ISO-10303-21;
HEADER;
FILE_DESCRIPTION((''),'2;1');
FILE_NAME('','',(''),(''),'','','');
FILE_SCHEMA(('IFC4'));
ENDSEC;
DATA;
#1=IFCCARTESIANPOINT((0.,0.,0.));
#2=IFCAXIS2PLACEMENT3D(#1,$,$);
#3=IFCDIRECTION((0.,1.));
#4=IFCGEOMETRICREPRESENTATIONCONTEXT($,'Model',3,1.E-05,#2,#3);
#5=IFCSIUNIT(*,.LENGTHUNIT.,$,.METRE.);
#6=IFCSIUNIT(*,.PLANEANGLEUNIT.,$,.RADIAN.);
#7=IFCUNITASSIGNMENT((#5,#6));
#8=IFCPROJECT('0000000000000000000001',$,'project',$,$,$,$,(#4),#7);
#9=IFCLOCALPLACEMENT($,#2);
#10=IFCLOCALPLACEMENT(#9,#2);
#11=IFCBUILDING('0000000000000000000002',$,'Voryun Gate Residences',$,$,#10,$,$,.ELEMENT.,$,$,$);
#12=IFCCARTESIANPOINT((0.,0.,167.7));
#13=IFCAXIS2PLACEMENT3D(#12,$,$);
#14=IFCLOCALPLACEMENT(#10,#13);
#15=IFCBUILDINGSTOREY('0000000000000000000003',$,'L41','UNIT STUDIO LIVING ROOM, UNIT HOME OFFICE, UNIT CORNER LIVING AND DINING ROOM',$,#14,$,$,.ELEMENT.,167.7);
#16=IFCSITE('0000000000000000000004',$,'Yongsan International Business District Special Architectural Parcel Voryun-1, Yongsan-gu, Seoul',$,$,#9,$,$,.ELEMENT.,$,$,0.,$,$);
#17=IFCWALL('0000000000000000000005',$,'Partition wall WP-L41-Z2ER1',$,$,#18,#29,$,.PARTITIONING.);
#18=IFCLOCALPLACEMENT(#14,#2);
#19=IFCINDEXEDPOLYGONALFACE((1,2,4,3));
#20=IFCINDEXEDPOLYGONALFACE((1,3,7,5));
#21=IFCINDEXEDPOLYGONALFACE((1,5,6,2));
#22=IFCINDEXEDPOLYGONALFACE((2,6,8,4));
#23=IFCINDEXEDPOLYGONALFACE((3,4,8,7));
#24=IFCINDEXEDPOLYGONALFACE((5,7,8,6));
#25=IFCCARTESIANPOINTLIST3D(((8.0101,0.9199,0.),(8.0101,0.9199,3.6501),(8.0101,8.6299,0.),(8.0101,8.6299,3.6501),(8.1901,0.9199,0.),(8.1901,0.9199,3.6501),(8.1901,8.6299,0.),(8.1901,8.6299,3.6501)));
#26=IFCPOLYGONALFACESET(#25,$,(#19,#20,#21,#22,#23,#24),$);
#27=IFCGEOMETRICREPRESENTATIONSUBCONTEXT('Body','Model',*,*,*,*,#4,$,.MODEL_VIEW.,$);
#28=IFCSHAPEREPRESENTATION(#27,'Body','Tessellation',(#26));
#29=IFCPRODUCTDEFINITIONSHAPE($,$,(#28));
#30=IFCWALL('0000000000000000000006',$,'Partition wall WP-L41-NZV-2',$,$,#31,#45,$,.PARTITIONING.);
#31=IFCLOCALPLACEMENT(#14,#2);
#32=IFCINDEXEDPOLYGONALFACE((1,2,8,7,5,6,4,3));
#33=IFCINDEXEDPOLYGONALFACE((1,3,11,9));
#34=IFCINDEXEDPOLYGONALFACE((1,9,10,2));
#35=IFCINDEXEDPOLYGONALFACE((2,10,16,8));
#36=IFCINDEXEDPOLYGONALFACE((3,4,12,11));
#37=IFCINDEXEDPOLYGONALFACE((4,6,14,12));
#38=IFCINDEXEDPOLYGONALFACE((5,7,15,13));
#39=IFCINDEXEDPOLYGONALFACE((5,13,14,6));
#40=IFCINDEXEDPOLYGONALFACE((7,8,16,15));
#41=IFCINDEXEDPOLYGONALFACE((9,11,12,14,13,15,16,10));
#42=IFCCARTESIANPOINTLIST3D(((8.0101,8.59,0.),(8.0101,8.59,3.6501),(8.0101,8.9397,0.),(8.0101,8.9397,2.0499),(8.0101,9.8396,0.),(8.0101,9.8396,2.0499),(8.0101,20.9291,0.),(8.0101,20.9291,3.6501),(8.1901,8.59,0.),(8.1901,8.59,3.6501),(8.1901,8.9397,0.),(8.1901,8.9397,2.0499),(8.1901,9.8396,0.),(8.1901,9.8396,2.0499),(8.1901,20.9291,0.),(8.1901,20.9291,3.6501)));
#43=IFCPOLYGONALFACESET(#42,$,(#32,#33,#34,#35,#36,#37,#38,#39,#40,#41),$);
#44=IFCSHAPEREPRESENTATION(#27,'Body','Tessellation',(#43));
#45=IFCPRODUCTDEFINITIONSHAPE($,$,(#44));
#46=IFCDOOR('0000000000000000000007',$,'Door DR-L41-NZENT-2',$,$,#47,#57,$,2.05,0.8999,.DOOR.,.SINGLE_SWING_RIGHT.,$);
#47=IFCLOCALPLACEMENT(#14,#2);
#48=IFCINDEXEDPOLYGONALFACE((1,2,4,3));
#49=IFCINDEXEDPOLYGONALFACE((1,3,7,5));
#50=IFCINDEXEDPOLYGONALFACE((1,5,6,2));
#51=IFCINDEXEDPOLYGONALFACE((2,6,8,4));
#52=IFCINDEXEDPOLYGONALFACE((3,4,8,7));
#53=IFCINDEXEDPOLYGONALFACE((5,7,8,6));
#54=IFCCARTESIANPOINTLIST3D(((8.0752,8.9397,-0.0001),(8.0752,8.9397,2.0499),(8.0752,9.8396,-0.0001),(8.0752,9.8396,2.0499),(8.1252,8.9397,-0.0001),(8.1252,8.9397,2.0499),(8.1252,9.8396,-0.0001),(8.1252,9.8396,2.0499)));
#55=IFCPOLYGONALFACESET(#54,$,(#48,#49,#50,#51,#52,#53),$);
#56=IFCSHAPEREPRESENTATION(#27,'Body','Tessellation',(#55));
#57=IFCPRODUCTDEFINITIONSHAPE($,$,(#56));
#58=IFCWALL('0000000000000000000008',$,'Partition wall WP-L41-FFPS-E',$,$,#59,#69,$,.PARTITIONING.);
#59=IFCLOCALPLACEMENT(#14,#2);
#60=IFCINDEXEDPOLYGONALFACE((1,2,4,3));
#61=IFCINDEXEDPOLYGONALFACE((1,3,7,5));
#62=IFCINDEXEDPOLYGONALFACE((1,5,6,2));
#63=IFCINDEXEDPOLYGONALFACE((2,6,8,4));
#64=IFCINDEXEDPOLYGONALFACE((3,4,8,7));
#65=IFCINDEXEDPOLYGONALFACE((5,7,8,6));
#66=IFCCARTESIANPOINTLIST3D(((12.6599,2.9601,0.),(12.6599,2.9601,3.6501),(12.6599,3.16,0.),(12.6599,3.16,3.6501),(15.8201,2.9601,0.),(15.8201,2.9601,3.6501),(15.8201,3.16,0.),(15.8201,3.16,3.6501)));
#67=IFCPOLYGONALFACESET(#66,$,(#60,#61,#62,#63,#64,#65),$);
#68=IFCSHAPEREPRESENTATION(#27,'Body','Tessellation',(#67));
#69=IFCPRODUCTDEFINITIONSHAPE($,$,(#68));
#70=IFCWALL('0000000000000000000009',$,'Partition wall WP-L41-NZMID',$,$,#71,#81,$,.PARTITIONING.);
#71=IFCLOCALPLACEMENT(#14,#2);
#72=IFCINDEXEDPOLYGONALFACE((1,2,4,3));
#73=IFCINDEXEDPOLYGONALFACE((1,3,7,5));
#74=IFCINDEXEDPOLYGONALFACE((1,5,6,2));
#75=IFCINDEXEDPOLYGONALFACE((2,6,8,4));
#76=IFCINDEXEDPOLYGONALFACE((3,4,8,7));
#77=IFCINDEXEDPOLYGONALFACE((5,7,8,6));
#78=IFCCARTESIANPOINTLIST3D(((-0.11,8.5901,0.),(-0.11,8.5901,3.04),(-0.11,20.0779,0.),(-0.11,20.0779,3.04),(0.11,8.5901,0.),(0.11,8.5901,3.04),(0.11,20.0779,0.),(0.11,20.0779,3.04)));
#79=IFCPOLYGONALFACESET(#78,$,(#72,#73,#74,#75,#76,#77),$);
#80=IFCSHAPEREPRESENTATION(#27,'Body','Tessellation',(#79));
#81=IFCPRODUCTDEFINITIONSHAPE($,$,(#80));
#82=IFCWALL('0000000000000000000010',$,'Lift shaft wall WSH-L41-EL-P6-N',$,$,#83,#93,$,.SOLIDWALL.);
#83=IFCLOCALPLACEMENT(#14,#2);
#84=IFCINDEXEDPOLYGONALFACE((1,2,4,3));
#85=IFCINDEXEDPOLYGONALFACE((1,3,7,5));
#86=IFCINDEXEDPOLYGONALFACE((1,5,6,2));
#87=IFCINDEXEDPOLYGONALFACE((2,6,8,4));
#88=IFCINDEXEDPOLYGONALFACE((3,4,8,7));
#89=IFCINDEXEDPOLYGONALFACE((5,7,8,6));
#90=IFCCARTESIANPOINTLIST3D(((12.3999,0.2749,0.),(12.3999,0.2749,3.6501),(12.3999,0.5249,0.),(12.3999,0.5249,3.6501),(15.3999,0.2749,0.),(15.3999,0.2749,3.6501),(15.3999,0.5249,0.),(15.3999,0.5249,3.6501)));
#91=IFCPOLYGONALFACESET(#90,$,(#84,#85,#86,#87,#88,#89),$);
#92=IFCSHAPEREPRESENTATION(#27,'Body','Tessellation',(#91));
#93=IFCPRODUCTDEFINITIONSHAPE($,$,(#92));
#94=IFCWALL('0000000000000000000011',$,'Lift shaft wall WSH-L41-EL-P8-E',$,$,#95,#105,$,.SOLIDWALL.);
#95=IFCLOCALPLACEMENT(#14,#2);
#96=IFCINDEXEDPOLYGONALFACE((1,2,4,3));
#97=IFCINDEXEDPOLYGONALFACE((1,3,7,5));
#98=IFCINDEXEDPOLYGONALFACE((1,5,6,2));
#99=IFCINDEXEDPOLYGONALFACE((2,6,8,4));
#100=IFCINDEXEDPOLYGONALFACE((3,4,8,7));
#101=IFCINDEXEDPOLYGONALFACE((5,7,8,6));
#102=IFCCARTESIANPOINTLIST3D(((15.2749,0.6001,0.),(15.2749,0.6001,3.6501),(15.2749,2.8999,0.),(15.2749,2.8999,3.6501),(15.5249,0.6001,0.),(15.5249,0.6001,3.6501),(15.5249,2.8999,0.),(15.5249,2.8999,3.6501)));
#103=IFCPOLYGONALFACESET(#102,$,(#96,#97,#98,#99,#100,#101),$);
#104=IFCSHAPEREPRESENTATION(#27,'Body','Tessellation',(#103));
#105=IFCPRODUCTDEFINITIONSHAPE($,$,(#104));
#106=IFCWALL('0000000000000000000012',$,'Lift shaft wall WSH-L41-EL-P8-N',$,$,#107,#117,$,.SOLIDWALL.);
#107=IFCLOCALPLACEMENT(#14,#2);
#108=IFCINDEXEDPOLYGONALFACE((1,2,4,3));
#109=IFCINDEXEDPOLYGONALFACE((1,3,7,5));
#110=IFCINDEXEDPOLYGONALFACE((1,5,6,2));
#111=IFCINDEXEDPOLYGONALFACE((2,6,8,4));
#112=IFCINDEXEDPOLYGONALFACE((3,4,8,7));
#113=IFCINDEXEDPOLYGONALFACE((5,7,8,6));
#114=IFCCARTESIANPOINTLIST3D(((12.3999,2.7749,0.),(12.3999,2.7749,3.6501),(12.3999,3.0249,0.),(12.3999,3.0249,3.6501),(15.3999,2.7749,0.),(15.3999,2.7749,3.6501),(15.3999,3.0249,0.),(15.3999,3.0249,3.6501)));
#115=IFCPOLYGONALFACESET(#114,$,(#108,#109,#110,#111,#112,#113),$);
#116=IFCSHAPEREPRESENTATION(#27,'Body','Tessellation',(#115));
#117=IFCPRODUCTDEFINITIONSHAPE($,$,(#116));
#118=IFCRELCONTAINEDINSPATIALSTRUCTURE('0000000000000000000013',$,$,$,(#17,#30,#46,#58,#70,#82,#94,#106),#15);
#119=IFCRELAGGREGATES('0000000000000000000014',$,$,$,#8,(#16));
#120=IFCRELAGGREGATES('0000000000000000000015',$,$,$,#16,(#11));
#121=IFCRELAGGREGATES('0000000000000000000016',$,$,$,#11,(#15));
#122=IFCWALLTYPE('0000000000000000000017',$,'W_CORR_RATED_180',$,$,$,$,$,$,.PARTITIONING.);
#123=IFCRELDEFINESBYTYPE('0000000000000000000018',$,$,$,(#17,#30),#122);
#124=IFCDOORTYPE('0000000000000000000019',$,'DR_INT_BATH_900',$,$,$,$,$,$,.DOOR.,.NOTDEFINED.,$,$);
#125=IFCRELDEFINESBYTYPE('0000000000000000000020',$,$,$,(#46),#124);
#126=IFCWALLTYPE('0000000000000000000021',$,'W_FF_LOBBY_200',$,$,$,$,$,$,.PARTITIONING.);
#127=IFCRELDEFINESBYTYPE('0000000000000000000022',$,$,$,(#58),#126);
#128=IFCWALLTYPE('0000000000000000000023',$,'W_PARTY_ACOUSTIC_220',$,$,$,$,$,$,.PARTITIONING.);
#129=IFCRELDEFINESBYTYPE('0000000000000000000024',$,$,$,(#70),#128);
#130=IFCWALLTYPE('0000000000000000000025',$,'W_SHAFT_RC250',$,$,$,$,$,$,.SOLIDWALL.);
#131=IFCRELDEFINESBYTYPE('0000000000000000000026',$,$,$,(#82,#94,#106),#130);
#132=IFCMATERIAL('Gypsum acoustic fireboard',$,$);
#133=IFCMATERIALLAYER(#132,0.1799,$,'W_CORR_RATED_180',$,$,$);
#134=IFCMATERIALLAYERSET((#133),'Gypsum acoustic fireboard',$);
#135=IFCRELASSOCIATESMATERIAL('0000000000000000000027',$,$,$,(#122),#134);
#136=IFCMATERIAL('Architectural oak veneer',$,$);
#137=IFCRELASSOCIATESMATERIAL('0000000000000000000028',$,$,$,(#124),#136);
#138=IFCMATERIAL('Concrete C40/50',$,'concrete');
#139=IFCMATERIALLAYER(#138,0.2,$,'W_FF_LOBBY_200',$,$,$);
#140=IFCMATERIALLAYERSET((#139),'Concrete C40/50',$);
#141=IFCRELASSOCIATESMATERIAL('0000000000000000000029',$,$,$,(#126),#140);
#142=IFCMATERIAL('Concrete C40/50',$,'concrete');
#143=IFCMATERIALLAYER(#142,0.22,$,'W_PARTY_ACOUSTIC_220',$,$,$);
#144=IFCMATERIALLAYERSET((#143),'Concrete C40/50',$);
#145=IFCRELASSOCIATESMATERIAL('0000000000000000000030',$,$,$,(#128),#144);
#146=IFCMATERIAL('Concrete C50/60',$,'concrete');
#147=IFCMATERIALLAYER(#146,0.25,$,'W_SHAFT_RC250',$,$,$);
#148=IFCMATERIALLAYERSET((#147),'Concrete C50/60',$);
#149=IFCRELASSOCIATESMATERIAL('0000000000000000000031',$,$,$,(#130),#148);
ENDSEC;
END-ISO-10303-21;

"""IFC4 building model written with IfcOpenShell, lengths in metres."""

from ifc_helpers import new_model, si_unit, direction, frame, frame_2d, origin, place, context, subcontext, project, spatial, rectangle, extrude, material, layer, layer_set, type_object, element, fill, save


model = new_model("IFC4")

# Units and contexts
model_context = context("Model", 3, precision=1e-05, world=origin(), true_north=direction((0.0, 1.0)))
body_context = subcontext(model_context, "Body", "Model", "MODEL_VIEW")
ifc_project = project(units=[si_unit("LENGTHUNIT", "METRE"), si_unit("PLANEANGLEUNIT", "RADIAN")], contexts=[model_context])

# Site, building, storey
site_placement = place(None, origin())
site = spatial("IfcSite", under=ifc_project, at=site_placement, Name="Yongsan International Business District Special Architectural Parcel Voryun-1, Yongsan-gu, Seoul", CompositionType="ELEMENT", RefElevation=0.0)
building_placement = place(site_placement, origin())
building = spatial("IfcBuilding", under=site, at=building_placement, Name="Voryun Gate Residences", CompositionType="ELEMENT")
storey_placement = place(building_placement, frame((0.0, 0.0, 167.7)))
storey = spatial("IfcBuildingStorey", under=building, at=storey_placement, Name="L41", Description="UNIT STUDIO LIVING ROOM, UNIT HOME OFFICE, UNIT CORNER LIVING AND DINING ROOM", CompositionType="ELEMENT", Elevation=167.7)

# Wall
ifc_material_1 = material(Name="Gypsum acoustic fireboard")
ifc_layer_1 = layer(ifc_material_1, 0.1799, Name="W_CORR_RATED_180")
ifc_layer_set_1 = layer_set([ifc_layer_1], Name="Gypsum acoustic fireboard")
wall_type_1 = type_object("IfcWallType", Name="W_CORR_RATED_180", PredefinedType="PARTITIONING", material=ifc_layer_set_1)
wall_1_placement = place(storey_placement, frame((8.1001, 0.9199, 0.0), z_axis=(0.0, 0.0, 1.0), x_axis=(0.0, 1.0, 0.0)))
element("IfcWall", 1, at=wall_1_placement, inside=storey, type_object=wall_type_1, Name="Partition wall WP-L41-Z2ER1", PredefinedType="PARTITIONING", context=body_context, shape_type="SweptSolid", body=[
    extrude(rectangle(XDim=7.71, YDim=0.1799, at=frame_2d((3.855, 0.0))), origin(), (0.0, 0.0, 1.0), 3.6501),
])

# Wall, opening, door
wall_2_placement = place(storey_placement, frame((8.1001, 8.5901, 0.0), z_axis=(0.0, 0.0, 1.0), x_axis=(0.0, 1.0, 0.0)))
wall_2 = element("IfcWall", 2, at=wall_2_placement, inside=storey, type_object=wall_type_1, Name="Partition wall WP-L41-NZV-2", PredefinedType="PARTITIONING", context=body_context, shape_type="SweptSolid", body=[
    extrude(rectangle(XDim=12.3391, YDim=0.1799, at=frame_2d((6.1694, 0.0))), origin(), (0.0, 0.0, 1.0), 3.6501),
])
opening_placement = place(wall_2_placement, frame((0.3496, 0.0, 0.0)))
opening = element("IfcOpeningElement", 3, at=opening_placement, cuts=wall_2, PredefinedType="OPENING", context=body_context, shape_type="SweptSolid", body=[
    extrude(rectangle(XDim=0.8999, YDim=2.05, at=frame_2d((0.45, 1.0249))), frame((0.0, 0.0999, 0.0), z_axis=(0.0, -1.0, 0.0), x_axis=(1.0, 0.0, 0.0)), (0.0, 0.0, 1.0), 0.2),
])
ifc_material_2 = material(Name="Architectural oak veneer")
door_type = type_object("IfcDoorType", Name="DR_INT_BATH_900", OperationType="NOTDEFINED", PredefinedType="DOOR", material=ifc_material_2)
door_placement = place(opening_placement, origin())
door = element("IfcDoor", 4, at=door_placement, inside=storey, type_object=door_type, Name="Door DR-L41-NZENT-2", OperationType="SINGLE_SWING_RIGHT", OverallHeight=2.05, OverallWidth=0.8999, PredefinedType="DOOR", context=body_context, shape_type="SweptSolid", body=[
    extrude(rectangle(XDim=0.8999, YDim=2.05, at=frame_2d((0.45, 1.0249))), frame((0.0, 0.0249, 0.0), z_axis=(0.0, -1.0, 0.0), x_axis=(1.0, 0.0, 0.0)), (0.0, 0.0, 1.0), 0.05),
])
fill(opening, door)

# Walls
ifc_material_3 = material(Name="Concrete C40/50", Category="concrete")
ifc_layer_2 = layer(ifc_material_3, 0.2, Name="W_FF_LOBBY_200")
ifc_layer_set_2 = layer_set([ifc_layer_2], Name="Concrete C40/50")
wall_type_2 = type_object("IfcWallType", Name="W_FF_LOBBY_200", PredefinedType="PARTITIONING", material=ifc_layer_set_2)
wall_3_placement = place(storey_placement, frame((12.6599, 3.0601, 0.0), z_axis=(0.0, 0.0, 1.0), x_axis=(1.0, 0.0, 0.0)))
element("IfcWall", 5, at=wall_3_placement, inside=storey, type_object=wall_type_2, Name="Partition wall WP-L41-FFPS-E", PredefinedType="PARTITIONING", context=body_context, shape_type="SweptSolid", body=[
    extrude(rectangle(XDim=3.1602, YDim=0.2, at=frame_2d((1.5801, 0.0))), origin(), (0.0, 0.0, 1.0), 3.6501),
])
ifc_material_4 = material(Name="Concrete C40/50", Category="concrete")
ifc_layer_3 = layer(ifc_material_4, 0.22, Name="W_PARTY_ACOUSTIC_220")
ifc_layer_set_3 = layer_set([ifc_layer_3], Name="Concrete C40/50")
wall_type_3 = type_object("IfcWallType", Name="W_PARTY_ACOUSTIC_220", PredefinedType="PARTITIONING", material=ifc_layer_set_3)
wall_4_placement = place(storey_placement, frame((0.0, 8.5901, 0.0), z_axis=(0.0, 0.0, 1.0), x_axis=(0.0, 1.0, 0.0)))
element("IfcWall", 6, at=wall_4_placement, inside=storey, type_object=wall_type_3, Name="Partition wall WP-L41-NZMID", PredefinedType="PARTITIONING", context=body_context, shape_type="SweptSolid", body=[
    extrude(rectangle(XDim=11.4878, YDim=0.22, at=frame_2d((5.7439, 0.0))), origin(), (0.0, 0.0, 1.0), 3.04),
])
ifc_material_5 = material(Name="Concrete C50/60", Category="concrete")
ifc_layer_4 = layer(ifc_material_5, 0.25, Name="W_SHAFT_RC250")
ifc_layer_set_4 = layer_set([ifc_layer_4], Name="Concrete C50/60")
wall_type_4 = type_object("IfcWallType", Name="W_SHAFT_RC250", PredefinedType="SOLIDWALL", material=ifc_layer_set_4)
wall_5_placement = place(storey_placement, frame((15.3999, 0.3999, 0.0), z_axis=(0.0, 0.0, 1.0), x_axis=(-1.0, 0.0, 0.0)))
element("IfcWall", 7, at=wall_5_placement, inside=storey, type_object=wall_type_4, Name="Lift shaft wall WSH-L41-EL-P6-N", PredefinedType="SOLIDWALL", context=body_context, shape_type="SweptSolid", body=[
    extrude(rectangle(XDim=3.0, YDim=0.25, at=frame_2d((1.5, 0.0))), origin(), (0.0, 0.0, 1.0), 3.6501),
])
wall_6_placement = place(storey_placement, frame((15.3999, 0.6001, 0.0), z_axis=(0.0, 0.0, 1.0), x_axis=(0.0, 1.0, 0.0)))
element("IfcWall", 8, at=wall_6_placement, inside=storey, type_object=wall_type_4, Name="Lift shaft wall WSH-L41-EL-P8-E", PredefinedType="SOLIDWALL", context=body_context, shape_type="SweptSolid", body=[
    extrude(rectangle(XDim=2.2998, YDim=0.25, at=frame_2d((1.1499, 0.0))), origin(), (0.0, 0.0, 1.0), 3.6501),
])
wall_7_placement = place(storey_placement, frame((15.3999, 2.8999, 0.0), z_axis=(0.0, 0.0, 1.0), x_axis=(-1.0, 0.0, 0.0)))
element("IfcWall", 9, at=wall_7_placement, inside=storey, type_object=wall_type_4, Name="Lift shaft wall WSH-L41-EL-P8-N", PredefinedType="SOLIDWALL", context=body_context, shape_type="SweptSolid", body=[
    extrude(rectangle(XDim=3.0, YDim=0.25, at=frame_2d((1.5, 0.0))), origin(), (0.0, 0.0, 1.0), 3.6501),
])

save(model, "model.ifc")
